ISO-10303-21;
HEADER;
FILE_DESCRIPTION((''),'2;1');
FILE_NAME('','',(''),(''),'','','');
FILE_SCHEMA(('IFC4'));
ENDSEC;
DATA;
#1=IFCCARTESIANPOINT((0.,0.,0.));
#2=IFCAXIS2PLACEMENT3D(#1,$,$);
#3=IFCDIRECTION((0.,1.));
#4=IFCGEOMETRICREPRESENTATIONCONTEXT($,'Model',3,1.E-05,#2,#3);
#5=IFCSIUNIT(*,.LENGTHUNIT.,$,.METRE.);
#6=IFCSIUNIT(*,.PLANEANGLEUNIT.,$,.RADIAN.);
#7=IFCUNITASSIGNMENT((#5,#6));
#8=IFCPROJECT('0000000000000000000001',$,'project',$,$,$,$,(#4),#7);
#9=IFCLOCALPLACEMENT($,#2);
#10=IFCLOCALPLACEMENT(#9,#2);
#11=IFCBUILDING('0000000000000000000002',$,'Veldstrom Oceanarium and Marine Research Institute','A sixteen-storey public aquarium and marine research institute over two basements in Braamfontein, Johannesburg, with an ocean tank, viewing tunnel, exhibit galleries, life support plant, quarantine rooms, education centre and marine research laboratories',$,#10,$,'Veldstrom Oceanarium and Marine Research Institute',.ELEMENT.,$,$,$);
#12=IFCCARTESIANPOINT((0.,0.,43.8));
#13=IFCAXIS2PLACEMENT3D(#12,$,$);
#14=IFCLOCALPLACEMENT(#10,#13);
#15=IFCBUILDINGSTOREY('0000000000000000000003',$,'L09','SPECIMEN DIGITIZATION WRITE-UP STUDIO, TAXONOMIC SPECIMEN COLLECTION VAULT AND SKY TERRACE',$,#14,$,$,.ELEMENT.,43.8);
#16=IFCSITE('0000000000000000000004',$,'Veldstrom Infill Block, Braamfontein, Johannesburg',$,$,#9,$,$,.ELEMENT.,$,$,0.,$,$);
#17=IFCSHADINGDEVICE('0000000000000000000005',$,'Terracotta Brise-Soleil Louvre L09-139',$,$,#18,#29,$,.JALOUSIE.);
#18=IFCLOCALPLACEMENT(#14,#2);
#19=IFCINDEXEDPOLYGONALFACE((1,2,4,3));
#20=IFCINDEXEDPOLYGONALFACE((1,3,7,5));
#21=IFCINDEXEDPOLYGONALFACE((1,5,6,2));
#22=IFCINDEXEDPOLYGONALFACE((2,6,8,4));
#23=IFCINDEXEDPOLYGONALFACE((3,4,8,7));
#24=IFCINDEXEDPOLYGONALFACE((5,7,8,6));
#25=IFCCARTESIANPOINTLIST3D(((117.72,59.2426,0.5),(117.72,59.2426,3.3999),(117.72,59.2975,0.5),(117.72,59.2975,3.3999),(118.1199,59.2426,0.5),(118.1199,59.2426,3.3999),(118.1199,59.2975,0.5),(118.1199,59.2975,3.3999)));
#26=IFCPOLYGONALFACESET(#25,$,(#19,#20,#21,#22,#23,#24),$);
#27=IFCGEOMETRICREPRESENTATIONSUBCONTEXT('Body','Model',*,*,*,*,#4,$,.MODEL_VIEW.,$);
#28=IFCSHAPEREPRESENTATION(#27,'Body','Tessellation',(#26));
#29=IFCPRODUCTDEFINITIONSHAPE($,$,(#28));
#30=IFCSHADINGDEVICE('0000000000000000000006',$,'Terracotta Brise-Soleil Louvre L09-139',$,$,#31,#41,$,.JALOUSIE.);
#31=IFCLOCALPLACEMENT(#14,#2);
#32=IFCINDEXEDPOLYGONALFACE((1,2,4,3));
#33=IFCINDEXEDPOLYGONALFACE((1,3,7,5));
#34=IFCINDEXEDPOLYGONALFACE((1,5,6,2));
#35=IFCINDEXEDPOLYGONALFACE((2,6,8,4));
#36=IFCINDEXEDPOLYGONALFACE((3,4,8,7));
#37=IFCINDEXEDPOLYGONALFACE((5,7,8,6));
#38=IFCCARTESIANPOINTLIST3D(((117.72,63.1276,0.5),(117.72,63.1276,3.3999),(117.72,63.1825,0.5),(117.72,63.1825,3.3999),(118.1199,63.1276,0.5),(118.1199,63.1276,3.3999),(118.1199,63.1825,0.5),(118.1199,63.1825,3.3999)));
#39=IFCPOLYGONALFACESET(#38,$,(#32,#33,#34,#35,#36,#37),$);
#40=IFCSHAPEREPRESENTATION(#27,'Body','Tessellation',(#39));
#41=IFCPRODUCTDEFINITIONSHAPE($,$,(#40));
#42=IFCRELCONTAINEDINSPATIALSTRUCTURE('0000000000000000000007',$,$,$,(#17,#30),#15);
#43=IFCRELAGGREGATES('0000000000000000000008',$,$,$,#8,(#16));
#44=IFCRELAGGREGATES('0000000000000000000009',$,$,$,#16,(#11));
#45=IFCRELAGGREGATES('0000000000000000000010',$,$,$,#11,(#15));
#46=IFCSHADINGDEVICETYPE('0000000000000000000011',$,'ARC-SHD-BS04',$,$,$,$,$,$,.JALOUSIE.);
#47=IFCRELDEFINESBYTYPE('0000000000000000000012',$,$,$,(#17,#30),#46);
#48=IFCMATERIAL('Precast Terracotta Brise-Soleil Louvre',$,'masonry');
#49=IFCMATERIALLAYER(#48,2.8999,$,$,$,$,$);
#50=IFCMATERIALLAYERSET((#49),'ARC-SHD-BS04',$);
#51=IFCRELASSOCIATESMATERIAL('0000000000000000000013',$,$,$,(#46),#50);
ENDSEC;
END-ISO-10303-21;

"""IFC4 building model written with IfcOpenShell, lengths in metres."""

from ifc_helpers import new_model, si_unit, direction, frame, origin, origin_2d, place, context, subcontext, project, spatial, rectangle, extrude, material, layer, layer_set, type_object, element, save


model = new_model("IFC4")

# Units and contexts
model_context = context("Model", 3, precision=1e-05, world=origin(), true_north=direction((0.0, 1.0)))
body_context = subcontext(model_context, "Body", "Model", "MODEL_VIEW")
ifc_project = project(units=[si_unit("LENGTHUNIT", "METRE"), si_unit("PLANEANGLEUNIT", "RADIAN")], contexts=[model_context])

# Site, building, storey
site_placement = place(None, origin())
site = spatial("IfcSite", under=ifc_project, at=site_placement, Name="Veldstrom Infill Block, Braamfontein, Johannesburg", CompositionType="ELEMENT", RefElevation=0.0)
building_placement = place(site_placement, origin())
building = spatial("IfcBuilding", under=site, at=building_placement, Name="Veldstrom Oceanarium and Marine Research Institute", Description="A sixteen-storey public aquarium and marine research institute over two basements in Braamfontein, Johannesburg, with an ocean tank, viewing tunnel, exhibit galleries, life support plant, quarantine rooms, education centre and marine research laboratories", LongName="Veldstrom Oceanarium and Marine Research Institute", CompositionType="ELEMENT")
storey_placement = place(building_placement, frame((0.0, 0.0, 43.8)))
storey = spatial("IfcBuildingStorey", under=building, at=storey_placement, Name="L09", Description="SPECIMEN DIGITIZATION WRITE-UP STUDIO, TAXONOMIC SPECIMEN COLLECTION VAULT AND SKY TERRACE", CompositionType="ELEMENT", Elevation=43.8)

# Shading devices
ifc_material_1 = material(Name="Precast Terracotta Brise-Soleil Louvre", Category="masonry")
ifc_layer_1 = layer(ifc_material_1, 2.8999)
ifc_layer_set_1 = layer_set([ifc_layer_1], Name="ARC-SHD-BS04")
shading_device_type = type_object("IfcShadingDeviceType", Name="ARC-SHD-BS04", PredefinedType="JALOUSIE", material=ifc_layer_set_1)
for number, where, z_axis, x_axis, name in (
    (1, (117.9199, 59.27, 0.5), (0.0, 0.0, 1.0), (1.0, 0.0, 0.0), "Terracotta Brise-Soleil Louvre L09-139"),
    (2, (117.9199, 63.155, 0.5), (0.0, 0.0, 1.0), (1.0, 0.0, 0.0), "Terracotta Brise-Soleil Louvre L09-139"),
):
    element("IfcShadingDevice", number, at=place(storey_placement, frame(where, z_axis=z_axis, x_axis=x_axis)), inside=storey, type_object=shading_device_type, Name=name, PredefinedType="JALOUSIE", context=body_context, shape_type="SweptSolid", body=[
        extrude(rectangle(XDim=0.3999, YDim=0.0549, at=origin_2d()), origin(), (0.0, 0.0, 1.0), 2.8999),
    ])

save(model, "model.ifc")
